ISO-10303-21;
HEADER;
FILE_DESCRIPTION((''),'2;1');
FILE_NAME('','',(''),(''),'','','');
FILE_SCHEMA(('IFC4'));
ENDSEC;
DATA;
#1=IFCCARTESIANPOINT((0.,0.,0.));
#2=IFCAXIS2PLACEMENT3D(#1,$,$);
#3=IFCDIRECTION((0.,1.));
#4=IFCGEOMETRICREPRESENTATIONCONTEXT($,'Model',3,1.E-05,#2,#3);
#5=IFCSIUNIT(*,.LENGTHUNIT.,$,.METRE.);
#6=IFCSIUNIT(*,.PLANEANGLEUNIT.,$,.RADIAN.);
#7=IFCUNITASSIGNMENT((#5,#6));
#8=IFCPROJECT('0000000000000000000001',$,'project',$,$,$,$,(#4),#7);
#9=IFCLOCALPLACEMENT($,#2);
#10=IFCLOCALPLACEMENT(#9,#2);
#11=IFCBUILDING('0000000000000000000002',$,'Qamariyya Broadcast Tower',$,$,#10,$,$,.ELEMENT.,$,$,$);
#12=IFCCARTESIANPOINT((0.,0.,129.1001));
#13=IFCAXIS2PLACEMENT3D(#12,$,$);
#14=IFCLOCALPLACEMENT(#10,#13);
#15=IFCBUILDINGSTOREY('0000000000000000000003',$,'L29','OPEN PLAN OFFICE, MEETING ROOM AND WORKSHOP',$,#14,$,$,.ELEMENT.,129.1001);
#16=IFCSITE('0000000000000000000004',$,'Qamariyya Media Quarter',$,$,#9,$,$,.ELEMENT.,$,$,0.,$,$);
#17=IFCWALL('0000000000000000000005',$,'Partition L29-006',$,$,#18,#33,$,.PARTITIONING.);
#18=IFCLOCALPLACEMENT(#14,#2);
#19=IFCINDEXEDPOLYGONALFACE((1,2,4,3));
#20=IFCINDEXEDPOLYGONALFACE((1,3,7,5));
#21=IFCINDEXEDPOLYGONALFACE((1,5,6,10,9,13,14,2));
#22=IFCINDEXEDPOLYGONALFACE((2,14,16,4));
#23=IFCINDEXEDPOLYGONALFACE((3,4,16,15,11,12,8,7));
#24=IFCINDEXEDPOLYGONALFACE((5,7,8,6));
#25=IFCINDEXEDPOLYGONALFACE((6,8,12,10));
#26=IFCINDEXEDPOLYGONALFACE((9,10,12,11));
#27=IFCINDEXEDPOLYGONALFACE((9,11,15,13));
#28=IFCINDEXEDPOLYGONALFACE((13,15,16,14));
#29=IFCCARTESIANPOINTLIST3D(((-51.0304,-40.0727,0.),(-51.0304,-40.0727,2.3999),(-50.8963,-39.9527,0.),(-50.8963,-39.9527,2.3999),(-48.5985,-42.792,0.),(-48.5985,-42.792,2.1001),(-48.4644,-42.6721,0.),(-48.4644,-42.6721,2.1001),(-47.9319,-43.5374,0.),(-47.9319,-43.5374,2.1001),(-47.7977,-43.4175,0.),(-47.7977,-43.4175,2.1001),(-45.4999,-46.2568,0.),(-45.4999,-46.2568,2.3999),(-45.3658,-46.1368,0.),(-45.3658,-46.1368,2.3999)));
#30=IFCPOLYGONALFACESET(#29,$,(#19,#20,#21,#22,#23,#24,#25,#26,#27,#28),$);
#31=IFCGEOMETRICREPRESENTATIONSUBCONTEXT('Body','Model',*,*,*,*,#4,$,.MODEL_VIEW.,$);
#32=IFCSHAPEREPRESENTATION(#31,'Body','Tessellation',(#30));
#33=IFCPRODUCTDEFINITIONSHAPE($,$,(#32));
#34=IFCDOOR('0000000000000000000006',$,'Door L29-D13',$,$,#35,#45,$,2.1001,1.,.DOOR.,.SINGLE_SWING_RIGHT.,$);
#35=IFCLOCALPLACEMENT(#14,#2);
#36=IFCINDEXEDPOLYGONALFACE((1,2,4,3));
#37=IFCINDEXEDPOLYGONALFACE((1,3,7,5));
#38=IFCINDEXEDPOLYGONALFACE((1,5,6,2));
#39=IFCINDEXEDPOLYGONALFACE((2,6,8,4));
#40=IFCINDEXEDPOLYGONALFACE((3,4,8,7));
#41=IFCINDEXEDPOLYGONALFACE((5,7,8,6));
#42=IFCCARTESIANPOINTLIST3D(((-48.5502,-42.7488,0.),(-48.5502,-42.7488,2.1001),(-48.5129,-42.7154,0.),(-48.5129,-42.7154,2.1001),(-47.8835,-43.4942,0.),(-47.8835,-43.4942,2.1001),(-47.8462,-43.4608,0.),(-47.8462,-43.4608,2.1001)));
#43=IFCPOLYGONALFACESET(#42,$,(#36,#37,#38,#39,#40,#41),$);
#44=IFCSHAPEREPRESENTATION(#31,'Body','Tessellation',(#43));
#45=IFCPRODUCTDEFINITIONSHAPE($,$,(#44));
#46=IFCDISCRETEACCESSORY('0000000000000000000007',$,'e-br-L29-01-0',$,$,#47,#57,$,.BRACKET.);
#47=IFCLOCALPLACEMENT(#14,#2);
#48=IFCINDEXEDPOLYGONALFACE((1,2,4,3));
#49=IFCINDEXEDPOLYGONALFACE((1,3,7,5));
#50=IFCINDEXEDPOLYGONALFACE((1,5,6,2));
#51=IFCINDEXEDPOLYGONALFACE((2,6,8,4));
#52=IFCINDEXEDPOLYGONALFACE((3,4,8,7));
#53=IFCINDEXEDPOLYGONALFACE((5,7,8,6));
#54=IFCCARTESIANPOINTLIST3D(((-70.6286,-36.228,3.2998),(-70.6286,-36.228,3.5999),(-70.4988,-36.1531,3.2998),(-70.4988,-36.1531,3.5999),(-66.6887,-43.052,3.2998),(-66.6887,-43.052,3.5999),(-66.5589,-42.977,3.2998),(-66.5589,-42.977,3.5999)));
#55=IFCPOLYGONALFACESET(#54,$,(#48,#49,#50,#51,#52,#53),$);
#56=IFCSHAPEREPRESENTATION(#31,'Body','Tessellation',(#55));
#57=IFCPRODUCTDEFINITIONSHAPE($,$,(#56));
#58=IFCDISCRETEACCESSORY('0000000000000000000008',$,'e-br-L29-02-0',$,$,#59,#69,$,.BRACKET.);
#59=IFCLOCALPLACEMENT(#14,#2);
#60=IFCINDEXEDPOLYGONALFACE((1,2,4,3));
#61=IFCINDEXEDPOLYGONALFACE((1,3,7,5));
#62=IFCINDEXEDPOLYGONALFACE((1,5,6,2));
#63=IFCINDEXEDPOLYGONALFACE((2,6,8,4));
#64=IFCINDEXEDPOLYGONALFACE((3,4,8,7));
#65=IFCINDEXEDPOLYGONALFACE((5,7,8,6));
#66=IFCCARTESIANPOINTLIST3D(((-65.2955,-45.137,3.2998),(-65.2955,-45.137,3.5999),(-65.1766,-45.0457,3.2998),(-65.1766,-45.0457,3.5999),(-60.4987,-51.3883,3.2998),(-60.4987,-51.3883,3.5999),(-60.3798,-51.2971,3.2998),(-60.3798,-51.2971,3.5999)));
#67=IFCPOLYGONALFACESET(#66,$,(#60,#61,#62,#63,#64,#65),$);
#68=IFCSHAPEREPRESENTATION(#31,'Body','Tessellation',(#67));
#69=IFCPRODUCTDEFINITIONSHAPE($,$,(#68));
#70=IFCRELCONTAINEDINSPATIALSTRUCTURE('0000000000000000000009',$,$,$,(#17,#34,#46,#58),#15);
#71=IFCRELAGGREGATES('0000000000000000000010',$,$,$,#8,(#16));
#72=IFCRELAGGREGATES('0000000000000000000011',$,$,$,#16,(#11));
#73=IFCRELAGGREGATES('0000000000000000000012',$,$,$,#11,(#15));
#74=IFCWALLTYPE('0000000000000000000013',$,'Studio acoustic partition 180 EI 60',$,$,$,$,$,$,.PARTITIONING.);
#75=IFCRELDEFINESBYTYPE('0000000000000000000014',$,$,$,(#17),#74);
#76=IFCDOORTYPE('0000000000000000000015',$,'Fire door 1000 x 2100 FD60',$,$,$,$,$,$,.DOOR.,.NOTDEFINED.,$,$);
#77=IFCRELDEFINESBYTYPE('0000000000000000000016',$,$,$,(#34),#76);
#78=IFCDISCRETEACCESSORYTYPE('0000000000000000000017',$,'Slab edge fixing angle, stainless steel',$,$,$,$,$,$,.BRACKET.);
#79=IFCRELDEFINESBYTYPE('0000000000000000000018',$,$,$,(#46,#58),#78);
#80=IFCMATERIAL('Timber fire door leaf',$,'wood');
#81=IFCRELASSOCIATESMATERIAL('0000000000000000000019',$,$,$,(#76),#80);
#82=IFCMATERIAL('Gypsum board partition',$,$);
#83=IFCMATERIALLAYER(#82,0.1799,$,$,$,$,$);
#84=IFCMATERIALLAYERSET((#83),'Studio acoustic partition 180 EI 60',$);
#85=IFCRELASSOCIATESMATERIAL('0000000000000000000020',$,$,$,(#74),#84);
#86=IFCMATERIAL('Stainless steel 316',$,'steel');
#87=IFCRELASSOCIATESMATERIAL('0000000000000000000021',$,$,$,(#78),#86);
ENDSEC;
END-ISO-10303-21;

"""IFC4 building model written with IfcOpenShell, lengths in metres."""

from ifc_helpers import new_model, si_unit, direction, frame, frame_2d, origin, origin_2d, place, context, subcontext, project, spatial, rectangle, extrude, material, layer, layer_set, type_object, element, fill, save


model = new_model("IFC4")

# Units and contexts
model_context = context("Model", 3, precision=1e-05, world=origin(), true_north=direction((0.0, 1.0)))
body_context = subcontext(model_context, "Body", "Model", "MODEL_VIEW")
ifc_project = project(units=[si_unit("LENGTHUNIT", "METRE"), si_unit("PLANEANGLEUNIT", "RADIAN")], contexts=[model_context])

# Site, building, storey
site_placement = place(None, origin())
site = spatial("IfcSite", under=ifc_project, at=site_placement, Name="Qamariyya Media Quarter", CompositionType="ELEMENT", RefElevation=0.0)
building_placement = place(site_placement, origin())
building = spatial("IfcBuilding", under=site, at=building_placement, Name="Qamariyya Broadcast Tower", CompositionType="ELEMENT")
storey_placement = place(building_placement, frame((0.0, 0.0, 129.1001)))
storey = spatial("IfcBuildingStorey", under=building, at=storey_placement, Name="L29", Description="OPEN PLAN OFFICE, MEETING ROOM AND WORKSHOP", CompositionType="ELEMENT", Elevation=129.1001)

# Shared definitions
ifc_material_1 = material(Name="Gypsum board partition")
ifc_material_2 = material(Name="Timber fire door leaf", Category="wood")
door_type = type_object("IfcDoorType", Name="Fire door 1000 x 2100 FD60", OperationType="NOTDEFINED", PredefinedType="DOOR", material=ifc_material_2)

# Shared definitions
ifc_layer_1 = layer(ifc_material_1, 0.1799)
ifc_layer_set_1 = layer_set([ifc_layer_1], Name="Studio acoustic partition 180 EI 60")
wall_type_1 = type_object("IfcWallType", Name="Studio acoustic partition 180 EI 60", PredefinedType="PARTITIONING", material=ifc_layer_set_1)

# Wall, opening, door
wall_1_placement = place(storey_placement, frame((-50.9634, -40.0127, 0.0), z_axis=(0.0, 0.0, 1.0), x_axis=(0.66662, -0.745398, 0.0)))
wall_1 = element("IfcWall", 1, at=wall_1_placement, inside=storey, type_object=wall_type_1, Name="Partition L29-006", PredefinedType="PARTITIONING", context=body_context, shape_type="SweptSolid", body=[
    extrude(rectangle(XDim=8.2964, YDim=0.1799, at=frame_2d((4.1482, 0.0))), origin(), (0.0, 0.0, 1.0), 2.3999),
])
opening_1_placement = place(wall_1_placement, frame((3.6482, 0.0, 0.0)))
opening_1 = element("IfcOpeningElement", 2, at=opening_1_placement, cuts=wall_1, PredefinedType="OPENING", context=body_context, shape_type="SweptSolid", body=[
    extrude(rectangle(XDim=1.0, YDim=2.1001, at=frame_2d((0.5, 1.05))), frame((0.0, 0.0999, 0.0), z_axis=(0.0, -1.0, 0.0), x_axis=(1.0, 0.0, 0.0)), (0.0, 0.0, 1.0), 0.2),
])
door_1_placement = place(opening_1_placement, origin())
door_1 = element("IfcDoor", 3, at=door_1_placement, inside=storey, type_object=door_type, Name="Door L29-D13", OperationType="SINGLE_SWING_RIGHT", OverallHeight=2.1001, OverallWidth=1.0, PredefinedType="DOOR", context=body_context, shape_type="SweptSolid", body=[
    extrude(rectangle(XDim=1.0, YDim=2.1001, at=frame_2d((0.5, 1.05))), frame((0.0, 0.0249, 0.0), z_axis=(0.0, -1.0, 0.0), x_axis=(1.0, 0.0, 0.0)), (0.0, 0.0, 1.0), 0.05),
])
fill(opening_1, door_1)

# Discrete accessories
ifc_material_3 = material(Name="Stainless steel 316", Category="steel")
discrete_accessory_type = type_object("IfcDiscreteAccessoryType", Name="Slab edge fixing angle, stainless steel", PredefinedType="BRACKET", material=ifc_material_3)
for number, where, z_axis, x_axis, name in (
    (4, (-68.5938, -39.6025, 3.2998), (0.0, 0.0, 1.0), (0.5, -0.866025, 0.0), "e-br-L29-01-0"),
    (5, (-62.8376, -48.217, 3.2998), (0.0, 0.0, 1.0), (0.608761, -0.793353, 0.0), "e-br-L29-02-0"),
):
    element("IfcDiscreteAccessory", number, at=place(storey_placement, frame(where, z_axis=z_axis, x_axis=x_axis)), inside=storey, type_object=discrete_accessory_type, Name=name, PredefinedType="BRACKET", context=body_context, shape_type="SweptSolid", body=[
        extrude(rectangle(XDim=7.8796, YDim=0.1499, at=origin_2d()), origin(), (0.0, 0.0, 1.0), 0.3),
    ])

save(model, "model.ifc")
